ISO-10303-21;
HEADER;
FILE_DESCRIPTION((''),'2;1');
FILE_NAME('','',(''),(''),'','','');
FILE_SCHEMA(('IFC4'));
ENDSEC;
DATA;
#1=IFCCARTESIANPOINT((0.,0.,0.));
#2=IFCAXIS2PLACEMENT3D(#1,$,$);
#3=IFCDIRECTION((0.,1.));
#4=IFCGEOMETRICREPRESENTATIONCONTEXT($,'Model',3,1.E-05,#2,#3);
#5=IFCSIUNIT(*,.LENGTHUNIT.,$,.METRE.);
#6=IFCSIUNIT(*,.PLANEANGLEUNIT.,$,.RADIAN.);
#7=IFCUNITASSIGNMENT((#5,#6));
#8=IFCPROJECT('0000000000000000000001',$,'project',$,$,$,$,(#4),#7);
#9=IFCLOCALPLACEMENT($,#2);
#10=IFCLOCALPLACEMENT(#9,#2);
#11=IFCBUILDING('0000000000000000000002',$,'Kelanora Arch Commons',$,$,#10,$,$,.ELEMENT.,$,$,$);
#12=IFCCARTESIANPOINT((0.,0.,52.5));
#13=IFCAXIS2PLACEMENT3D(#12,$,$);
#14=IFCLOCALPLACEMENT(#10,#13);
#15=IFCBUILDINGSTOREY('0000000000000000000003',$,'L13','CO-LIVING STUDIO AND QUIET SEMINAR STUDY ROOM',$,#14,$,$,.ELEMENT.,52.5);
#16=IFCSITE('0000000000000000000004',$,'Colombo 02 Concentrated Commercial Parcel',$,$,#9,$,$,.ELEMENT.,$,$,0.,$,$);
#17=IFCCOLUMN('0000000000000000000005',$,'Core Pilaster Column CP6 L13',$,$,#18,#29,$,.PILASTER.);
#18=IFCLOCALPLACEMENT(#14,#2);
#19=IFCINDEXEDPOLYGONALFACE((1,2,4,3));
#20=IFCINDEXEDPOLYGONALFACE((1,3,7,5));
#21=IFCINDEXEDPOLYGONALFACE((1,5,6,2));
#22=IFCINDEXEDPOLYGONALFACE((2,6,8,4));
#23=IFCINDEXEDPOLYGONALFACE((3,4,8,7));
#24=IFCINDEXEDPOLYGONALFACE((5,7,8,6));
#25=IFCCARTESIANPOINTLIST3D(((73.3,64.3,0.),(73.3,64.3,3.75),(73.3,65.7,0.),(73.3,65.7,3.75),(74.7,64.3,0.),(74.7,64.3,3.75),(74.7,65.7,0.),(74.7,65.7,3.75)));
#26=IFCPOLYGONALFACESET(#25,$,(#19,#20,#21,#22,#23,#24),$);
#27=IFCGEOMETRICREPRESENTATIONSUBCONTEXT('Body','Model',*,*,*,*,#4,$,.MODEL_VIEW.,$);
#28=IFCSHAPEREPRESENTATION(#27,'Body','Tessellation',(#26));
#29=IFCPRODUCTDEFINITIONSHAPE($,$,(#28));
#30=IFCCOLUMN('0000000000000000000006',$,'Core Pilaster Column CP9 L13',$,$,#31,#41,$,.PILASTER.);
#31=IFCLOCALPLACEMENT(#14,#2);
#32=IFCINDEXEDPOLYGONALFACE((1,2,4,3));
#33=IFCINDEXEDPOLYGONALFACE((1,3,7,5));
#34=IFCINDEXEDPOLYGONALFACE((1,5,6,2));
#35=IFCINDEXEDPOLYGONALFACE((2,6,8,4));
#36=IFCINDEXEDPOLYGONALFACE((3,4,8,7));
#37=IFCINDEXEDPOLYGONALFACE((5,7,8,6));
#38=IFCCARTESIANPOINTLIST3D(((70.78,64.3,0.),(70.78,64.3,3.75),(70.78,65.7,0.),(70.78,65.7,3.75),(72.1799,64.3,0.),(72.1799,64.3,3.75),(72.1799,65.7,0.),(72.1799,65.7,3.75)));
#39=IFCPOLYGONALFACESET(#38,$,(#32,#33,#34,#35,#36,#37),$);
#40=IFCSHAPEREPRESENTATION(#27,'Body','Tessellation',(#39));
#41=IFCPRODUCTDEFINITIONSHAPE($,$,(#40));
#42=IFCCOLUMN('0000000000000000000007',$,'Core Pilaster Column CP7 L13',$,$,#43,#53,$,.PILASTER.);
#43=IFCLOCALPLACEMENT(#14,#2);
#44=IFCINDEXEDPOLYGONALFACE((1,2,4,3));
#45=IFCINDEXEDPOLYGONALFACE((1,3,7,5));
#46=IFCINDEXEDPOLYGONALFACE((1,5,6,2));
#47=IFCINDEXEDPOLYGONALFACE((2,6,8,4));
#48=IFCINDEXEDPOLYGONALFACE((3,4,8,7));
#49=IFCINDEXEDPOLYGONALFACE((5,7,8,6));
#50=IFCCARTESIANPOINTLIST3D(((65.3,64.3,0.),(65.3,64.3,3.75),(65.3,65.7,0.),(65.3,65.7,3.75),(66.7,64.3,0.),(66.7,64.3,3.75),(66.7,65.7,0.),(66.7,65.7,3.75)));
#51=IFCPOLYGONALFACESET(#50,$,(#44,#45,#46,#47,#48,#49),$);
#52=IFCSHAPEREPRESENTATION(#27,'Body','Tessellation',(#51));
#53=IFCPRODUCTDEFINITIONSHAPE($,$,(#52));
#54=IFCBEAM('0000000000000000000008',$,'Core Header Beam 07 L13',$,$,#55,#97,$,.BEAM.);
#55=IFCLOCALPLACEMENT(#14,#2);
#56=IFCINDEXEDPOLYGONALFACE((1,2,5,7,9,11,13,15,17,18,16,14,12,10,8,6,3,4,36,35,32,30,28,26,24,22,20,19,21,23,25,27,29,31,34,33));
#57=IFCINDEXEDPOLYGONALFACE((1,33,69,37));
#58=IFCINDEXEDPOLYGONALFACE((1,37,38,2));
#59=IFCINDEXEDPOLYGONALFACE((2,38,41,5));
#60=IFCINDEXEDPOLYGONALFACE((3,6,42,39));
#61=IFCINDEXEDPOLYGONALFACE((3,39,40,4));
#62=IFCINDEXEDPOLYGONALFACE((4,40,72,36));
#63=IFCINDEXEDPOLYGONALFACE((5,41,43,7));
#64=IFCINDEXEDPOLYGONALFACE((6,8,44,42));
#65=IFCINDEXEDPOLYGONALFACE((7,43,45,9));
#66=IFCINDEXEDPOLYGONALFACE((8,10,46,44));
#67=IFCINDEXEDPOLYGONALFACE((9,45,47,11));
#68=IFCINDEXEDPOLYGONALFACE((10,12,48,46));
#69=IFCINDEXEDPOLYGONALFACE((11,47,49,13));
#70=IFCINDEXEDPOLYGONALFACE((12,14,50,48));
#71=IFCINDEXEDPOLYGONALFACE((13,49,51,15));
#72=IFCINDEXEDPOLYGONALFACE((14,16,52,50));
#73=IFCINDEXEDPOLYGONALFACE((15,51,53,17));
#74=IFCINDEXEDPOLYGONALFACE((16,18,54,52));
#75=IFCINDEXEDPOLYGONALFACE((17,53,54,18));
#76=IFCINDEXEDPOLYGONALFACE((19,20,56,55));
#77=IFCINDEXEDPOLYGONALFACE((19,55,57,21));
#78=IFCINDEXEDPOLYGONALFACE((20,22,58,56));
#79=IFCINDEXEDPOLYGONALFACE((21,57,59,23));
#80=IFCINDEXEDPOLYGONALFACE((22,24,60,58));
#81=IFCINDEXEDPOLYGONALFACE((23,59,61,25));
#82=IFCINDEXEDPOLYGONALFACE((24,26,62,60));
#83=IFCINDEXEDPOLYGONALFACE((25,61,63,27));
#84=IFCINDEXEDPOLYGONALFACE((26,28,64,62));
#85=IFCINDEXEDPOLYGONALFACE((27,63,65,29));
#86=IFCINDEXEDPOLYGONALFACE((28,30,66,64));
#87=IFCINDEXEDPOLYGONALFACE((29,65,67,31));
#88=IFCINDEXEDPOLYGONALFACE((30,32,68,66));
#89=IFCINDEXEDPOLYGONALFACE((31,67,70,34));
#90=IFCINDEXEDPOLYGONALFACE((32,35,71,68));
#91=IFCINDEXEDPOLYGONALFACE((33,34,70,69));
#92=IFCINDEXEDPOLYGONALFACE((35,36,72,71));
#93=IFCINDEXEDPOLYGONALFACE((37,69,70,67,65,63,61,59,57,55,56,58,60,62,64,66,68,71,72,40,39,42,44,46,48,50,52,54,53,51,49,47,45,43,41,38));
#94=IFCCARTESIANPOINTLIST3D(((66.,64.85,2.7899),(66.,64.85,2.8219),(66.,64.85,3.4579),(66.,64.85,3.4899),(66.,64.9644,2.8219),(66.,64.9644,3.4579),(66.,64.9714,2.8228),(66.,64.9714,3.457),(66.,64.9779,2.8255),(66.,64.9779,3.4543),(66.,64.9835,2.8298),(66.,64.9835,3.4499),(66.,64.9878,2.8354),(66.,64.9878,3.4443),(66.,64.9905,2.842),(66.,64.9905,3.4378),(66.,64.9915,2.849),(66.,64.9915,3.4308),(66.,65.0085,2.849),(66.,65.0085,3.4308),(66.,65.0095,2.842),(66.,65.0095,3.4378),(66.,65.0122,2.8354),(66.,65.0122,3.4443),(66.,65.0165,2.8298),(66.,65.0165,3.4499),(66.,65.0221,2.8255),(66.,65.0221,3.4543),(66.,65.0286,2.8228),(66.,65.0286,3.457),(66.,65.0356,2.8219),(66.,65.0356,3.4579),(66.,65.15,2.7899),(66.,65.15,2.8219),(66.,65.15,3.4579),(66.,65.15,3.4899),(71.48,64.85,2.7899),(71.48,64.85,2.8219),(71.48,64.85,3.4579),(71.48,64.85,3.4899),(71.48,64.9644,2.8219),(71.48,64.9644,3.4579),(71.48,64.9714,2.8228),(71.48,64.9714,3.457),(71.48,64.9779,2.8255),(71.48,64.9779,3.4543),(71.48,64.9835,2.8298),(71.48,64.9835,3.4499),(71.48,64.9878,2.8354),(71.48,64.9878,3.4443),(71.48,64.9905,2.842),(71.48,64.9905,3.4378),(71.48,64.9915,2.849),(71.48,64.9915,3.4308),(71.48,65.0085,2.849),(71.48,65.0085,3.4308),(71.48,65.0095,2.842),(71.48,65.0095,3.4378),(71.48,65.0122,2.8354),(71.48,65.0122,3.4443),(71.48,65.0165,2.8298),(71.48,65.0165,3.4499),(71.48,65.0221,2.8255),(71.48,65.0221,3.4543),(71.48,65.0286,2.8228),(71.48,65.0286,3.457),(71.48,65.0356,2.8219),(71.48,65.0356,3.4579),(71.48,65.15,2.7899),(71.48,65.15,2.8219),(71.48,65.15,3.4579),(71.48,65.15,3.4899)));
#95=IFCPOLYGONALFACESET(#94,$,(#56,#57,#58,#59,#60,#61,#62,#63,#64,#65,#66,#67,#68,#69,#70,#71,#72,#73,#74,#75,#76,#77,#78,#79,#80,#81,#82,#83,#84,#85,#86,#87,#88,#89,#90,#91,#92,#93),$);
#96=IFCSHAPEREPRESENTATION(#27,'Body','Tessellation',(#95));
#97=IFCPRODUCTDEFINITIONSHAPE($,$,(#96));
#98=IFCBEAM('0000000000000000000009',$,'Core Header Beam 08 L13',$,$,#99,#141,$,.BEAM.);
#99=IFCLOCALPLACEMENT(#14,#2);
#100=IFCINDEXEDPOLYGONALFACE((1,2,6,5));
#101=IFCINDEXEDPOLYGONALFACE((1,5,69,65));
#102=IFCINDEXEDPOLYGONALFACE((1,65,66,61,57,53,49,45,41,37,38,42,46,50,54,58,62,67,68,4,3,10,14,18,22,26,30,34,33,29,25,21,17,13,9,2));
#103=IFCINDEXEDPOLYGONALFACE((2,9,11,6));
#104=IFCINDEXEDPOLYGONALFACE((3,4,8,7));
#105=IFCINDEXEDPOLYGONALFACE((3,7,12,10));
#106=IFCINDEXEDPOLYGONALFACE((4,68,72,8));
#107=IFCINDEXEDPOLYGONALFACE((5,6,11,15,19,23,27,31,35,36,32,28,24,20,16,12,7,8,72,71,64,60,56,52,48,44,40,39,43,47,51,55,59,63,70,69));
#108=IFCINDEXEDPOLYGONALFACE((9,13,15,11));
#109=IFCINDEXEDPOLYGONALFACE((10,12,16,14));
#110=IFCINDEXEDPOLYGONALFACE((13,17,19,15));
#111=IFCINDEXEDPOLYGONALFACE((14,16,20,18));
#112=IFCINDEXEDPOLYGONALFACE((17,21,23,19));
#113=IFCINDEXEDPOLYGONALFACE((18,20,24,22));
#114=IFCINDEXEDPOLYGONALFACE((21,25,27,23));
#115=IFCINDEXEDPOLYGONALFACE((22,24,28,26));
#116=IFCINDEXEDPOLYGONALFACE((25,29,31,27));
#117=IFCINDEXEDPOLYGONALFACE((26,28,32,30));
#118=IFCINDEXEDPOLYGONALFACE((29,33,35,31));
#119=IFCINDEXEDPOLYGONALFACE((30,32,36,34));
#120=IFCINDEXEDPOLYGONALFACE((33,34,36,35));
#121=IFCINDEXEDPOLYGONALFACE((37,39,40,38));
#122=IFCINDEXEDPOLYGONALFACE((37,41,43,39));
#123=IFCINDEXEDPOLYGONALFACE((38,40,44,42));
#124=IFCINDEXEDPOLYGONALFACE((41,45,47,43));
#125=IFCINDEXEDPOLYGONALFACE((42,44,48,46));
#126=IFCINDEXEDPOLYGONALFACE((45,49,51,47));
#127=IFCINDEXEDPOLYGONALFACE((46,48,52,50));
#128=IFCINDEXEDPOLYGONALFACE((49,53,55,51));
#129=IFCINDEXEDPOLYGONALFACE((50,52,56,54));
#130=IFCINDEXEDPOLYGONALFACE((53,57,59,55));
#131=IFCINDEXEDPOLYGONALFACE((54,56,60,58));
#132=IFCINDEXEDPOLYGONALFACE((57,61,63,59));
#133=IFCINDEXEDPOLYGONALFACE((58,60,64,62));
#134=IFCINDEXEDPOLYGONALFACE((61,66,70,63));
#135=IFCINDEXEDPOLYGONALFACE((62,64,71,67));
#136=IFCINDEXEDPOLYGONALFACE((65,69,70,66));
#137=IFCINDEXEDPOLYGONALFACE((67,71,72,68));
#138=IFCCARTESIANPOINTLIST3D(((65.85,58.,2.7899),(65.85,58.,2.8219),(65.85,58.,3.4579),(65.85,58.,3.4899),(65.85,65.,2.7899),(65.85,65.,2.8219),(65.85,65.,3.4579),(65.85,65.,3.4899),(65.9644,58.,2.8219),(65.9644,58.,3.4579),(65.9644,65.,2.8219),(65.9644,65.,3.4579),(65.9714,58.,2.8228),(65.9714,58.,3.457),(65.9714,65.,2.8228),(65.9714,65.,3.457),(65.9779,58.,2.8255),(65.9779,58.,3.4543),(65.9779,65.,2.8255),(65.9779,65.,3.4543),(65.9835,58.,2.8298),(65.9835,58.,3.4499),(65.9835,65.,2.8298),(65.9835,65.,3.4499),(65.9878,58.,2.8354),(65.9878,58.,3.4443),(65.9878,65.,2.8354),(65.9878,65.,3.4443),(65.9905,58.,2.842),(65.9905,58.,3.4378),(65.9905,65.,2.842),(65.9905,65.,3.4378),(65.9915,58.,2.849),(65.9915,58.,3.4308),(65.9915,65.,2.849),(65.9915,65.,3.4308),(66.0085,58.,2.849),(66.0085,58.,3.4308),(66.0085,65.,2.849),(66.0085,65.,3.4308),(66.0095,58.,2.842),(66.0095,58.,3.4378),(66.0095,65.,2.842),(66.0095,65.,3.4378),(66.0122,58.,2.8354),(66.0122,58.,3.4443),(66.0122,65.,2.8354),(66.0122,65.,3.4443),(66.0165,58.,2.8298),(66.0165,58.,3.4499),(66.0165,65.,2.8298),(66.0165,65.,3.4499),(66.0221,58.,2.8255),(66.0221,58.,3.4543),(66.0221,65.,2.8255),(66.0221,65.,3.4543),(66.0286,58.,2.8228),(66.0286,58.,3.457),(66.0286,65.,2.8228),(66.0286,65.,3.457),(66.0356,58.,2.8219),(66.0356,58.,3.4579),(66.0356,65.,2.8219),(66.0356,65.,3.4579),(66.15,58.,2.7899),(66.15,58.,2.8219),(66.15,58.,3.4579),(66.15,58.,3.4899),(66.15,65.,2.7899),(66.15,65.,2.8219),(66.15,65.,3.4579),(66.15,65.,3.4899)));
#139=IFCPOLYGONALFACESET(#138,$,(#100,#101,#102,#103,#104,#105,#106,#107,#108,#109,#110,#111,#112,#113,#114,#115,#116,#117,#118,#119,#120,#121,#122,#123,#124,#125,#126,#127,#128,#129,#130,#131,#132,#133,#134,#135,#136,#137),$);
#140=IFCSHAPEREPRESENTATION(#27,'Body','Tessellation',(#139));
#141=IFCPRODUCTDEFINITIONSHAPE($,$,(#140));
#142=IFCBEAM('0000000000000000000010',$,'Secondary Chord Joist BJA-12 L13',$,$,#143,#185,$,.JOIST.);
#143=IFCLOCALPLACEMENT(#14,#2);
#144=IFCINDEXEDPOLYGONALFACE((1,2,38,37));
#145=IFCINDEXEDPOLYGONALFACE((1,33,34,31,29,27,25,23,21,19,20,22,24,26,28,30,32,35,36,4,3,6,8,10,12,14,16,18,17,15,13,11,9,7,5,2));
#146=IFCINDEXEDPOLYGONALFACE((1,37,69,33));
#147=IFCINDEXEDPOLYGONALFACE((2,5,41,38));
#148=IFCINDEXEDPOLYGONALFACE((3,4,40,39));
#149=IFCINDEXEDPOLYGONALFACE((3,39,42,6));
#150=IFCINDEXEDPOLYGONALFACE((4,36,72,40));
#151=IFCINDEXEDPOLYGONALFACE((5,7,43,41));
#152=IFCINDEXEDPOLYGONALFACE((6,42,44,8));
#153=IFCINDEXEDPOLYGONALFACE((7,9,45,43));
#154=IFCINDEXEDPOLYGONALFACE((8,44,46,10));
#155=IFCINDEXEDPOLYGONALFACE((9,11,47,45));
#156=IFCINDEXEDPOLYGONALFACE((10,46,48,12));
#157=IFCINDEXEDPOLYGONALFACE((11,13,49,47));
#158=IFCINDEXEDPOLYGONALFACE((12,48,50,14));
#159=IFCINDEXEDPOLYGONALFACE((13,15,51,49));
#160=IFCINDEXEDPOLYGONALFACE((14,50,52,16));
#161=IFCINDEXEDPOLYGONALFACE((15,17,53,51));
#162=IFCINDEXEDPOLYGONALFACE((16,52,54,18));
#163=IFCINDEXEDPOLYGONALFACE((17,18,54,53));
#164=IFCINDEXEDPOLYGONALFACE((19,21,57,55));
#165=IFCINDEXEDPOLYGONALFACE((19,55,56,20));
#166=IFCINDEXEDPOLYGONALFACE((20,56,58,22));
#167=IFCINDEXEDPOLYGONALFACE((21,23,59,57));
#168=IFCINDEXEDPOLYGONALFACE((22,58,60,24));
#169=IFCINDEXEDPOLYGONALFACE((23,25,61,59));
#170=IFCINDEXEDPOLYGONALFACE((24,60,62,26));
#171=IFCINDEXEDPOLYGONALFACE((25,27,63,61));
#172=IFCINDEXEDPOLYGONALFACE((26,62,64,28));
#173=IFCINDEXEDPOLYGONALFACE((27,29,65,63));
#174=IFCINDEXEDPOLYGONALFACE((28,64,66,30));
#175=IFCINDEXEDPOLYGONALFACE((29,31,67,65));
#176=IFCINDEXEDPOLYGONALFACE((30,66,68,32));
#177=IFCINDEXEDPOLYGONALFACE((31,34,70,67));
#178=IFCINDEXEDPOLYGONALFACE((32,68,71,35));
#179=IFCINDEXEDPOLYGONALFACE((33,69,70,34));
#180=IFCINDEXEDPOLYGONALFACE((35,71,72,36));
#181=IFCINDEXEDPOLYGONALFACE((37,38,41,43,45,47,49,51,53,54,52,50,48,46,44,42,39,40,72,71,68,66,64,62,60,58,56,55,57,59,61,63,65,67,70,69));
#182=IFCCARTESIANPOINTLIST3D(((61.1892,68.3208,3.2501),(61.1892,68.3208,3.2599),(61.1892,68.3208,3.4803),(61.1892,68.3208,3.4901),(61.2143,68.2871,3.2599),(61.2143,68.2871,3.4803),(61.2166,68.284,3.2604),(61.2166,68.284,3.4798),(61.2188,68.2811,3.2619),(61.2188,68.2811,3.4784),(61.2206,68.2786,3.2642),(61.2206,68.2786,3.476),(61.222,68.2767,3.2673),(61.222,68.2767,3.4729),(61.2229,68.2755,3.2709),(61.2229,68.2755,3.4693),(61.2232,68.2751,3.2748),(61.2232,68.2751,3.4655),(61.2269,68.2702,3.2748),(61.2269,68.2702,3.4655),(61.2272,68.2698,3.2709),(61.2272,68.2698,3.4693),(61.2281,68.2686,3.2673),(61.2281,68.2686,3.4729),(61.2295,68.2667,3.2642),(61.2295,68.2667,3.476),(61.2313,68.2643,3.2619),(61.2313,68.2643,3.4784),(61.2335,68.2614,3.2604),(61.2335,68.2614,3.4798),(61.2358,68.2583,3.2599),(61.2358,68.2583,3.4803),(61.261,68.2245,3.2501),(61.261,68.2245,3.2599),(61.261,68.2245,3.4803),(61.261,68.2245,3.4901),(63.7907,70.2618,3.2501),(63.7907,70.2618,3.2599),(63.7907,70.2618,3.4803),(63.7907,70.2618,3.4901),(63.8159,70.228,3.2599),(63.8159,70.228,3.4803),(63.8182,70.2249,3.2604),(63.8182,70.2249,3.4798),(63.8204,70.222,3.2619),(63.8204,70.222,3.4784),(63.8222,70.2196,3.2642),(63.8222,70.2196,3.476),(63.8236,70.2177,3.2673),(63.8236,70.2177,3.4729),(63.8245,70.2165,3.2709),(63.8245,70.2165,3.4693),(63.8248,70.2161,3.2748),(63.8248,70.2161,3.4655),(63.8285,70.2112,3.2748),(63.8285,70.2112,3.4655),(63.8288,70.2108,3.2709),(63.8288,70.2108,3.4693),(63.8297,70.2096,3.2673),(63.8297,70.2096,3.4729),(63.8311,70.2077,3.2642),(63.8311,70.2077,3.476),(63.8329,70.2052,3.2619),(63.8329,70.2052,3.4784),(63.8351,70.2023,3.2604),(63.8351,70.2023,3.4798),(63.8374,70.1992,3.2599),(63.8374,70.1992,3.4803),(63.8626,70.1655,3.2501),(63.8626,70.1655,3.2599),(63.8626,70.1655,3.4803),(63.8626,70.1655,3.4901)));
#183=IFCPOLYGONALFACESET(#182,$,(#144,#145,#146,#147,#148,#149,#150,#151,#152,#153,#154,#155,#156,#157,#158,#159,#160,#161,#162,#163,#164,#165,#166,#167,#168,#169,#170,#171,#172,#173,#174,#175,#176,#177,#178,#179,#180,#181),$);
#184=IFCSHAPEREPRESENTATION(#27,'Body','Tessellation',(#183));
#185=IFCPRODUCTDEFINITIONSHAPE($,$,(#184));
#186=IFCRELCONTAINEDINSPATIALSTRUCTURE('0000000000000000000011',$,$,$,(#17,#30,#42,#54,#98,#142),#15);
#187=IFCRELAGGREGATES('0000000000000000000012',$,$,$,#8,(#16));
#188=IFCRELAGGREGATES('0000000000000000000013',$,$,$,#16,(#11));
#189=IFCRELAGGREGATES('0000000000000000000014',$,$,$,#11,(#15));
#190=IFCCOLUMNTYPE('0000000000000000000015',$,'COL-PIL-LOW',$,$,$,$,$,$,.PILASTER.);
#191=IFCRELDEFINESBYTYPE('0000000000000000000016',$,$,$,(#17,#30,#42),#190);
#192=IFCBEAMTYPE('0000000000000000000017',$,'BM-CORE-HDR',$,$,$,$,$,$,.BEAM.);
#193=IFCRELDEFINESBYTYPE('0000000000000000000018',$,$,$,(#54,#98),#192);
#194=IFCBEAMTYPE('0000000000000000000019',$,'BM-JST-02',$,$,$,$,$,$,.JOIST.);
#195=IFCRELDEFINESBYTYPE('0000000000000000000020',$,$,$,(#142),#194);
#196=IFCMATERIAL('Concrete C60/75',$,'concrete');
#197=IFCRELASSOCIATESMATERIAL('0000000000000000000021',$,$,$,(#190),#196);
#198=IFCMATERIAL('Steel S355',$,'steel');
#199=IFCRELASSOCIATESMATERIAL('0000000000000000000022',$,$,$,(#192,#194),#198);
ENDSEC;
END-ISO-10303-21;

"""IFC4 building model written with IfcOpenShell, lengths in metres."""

from ifc_helpers import new_model, si_unit, direction, frame, origin, origin_2d, place, context, subcontext, project, spatial, rectangle, i_section, extrude, material, material_profile, profile_set, type_object, element, save


model = new_model("IFC4")

# Units and contexts
model_context = context("Model", 3, precision=1e-05, world=origin(), true_north=direction((0.0, 1.0)))
body_context = subcontext(model_context, "Body", "Model", "MODEL_VIEW")
ifc_project = project(units=[si_unit("LENGTHUNIT", "METRE"), si_unit("PLANEANGLEUNIT", "RADIAN")], contexts=[model_context])

# Site, building, storey
site_placement = place(None, origin())
site = spatial("IfcSite", under=ifc_project, at=site_placement, Name="Colombo 02 Concentrated Commercial Parcel", CompositionType="ELEMENT", RefElevation=0.0)
building_placement = place(site_placement, origin())
building = spatial("IfcBuilding", under=site, at=building_placement, Name="Kelanora Arch Commons", CompositionType="ELEMENT")
storey_placement = place(building_placement, frame((0.0, 0.0, 52.5)))
storey = spatial("IfcBuildingStorey", under=building, at=storey_placement, Name="L13", Description="CO-LIVING STUDIO AND QUIET SEMINAR STUDY ROOM", CompositionType="ELEMENT", Elevation=52.5)

# Columns
ifc_material_1 = material(Name="Concrete C60/75", Category="concrete")
ifc_material_profile_1 = material_profile(ifc_material_1, rectangle(XDim=1.3999, YDim=1.3999, at=origin_2d()), Name="RC1400x1400")
ifc_profile_set_1 = profile_set([ifc_material_profile_1], Name="Concrete C60/75")
column_type = type_object("IfcColumnType", Name="COL-PIL-LOW", PredefinedType="PILASTER", material=ifc_profile_set_1)
for number, where, z_axis, x_axis, name in (
    (1, (74.0, 65.0, 0.0), (0.0, 0.0, 1.0), (1.0, 0.0, 0.0), "Core Pilaster Column CP6 L13"),
    (2, (71.48, 65.0, 0.0), (0.0, 0.0, 1.0), (1.0, 0.0, 0.0), "Core Pilaster Column CP9 L13"),
    (3, (66.0, 65.0, 0.0), (0.0, 0.0, 1.0), (1.0, 0.0, 0.0), "Core Pilaster Column CP7 L13"),
):
    element("IfcColumn", number, at=place(storey_placement, frame(where, z_axis=z_axis, x_axis=x_axis)), inside=storey, type_object=column_type, Name=name, PredefinedType="PILASTER", context=body_context, shape_type="SweptSolid", body=[
        extrude(rectangle(XDim=1.3999, YDim=1.3999, at=origin_2d()), origin(), (0.0, 0.0, 1.0), 3.75),
    ])

# Beams
ifc_material_2 = material(Name="Steel S355", Category="steel")
ifc_material_profile_2 = material_profile(ifc_material_2, i_section(OverallWidth=0.3, OverallDepth=0.7, WebThickness=0.0171, FlangeThickness=0.032, FilletRadius=0.0271, at=origin_2d()), Name="HEB700")
ifc_profile_set_2 = profile_set([ifc_material_profile_2], Name="Steel S355")
beam_type_1 = type_object("IfcBeamType", Name="BM-CORE-HDR", PredefinedType="BEAM", material=ifc_profile_set_2)
beam_1_placement = place(storey_placement, frame((71.48, 65.0, 3.1399), z_axis=(-1.0, 0.0, 0.0), x_axis=(0.0, -1.0, 0.0)))
element("IfcBeam", 4, at=beam_1_placement, inside=storey, type_object=beam_type_1, Name="Core Header Beam 07 L13", PredefinedType="BEAM", context=body_context, shape_type="SweptSolid", body=[
    extrude(i_section(OverallWidth=0.3, OverallDepth=0.7, WebThickness=0.0171, FlangeThickness=0.032, FilletRadius=0.0271, at=origin_2d()), origin(), (0.0, 0.0, 1.0), 5.48),
])
beam_2_placement = place(storey_placement, frame((66.0, 65.0, 3.1399), z_axis=(0.0, -1.0, 0.0), x_axis=(1.0, 0.0, 0.0)))
element("IfcBeam", 5, at=beam_2_placement, inside=storey, type_object=beam_type_1, Name="Core Header Beam 08 L13", PredefinedType="BEAM", context=body_context, shape_type="SweptSolid", body=[
    extrude(i_section(OverallWidth=0.3, OverallDepth=0.7, WebThickness=0.0171, FlangeThickness=0.032, FilletRadius=0.0271, at=origin_2d()), origin(), (0.0, 0.0, 1.0), 7.0),
])
ifc_material_profile_3 = material_profile(ifc_material_2, i_section(OverallWidth=0.1201, OverallDepth=0.24, WebThickness=0.0061, FlangeThickness=0.0098, FilletRadius=0.0149, at=origin_2d()), Name="IPE240")
ifc_profile_set_3 = profile_set([ifc_material_profile_3], Name="Steel S355")
beam_type_2 = type_object("IfcBeamType", Name="BM-JST-02", PredefinedType="JOIST", material=ifc_profile_set_3)
beam_3_placement = place(storey_placement, frame((63.8267, 70.2136, 3.3701), z_axis=(-0.801514, -0.597976, 0.0), x_axis=(0.597976, -0.801514, 0.0)))
element("IfcBeam", 6, at=beam_3_placement, inside=storey, type_object=beam_type_2, Name="Secondary Chord Joist BJA-12 L13", PredefinedType="JOIST", context=body_context, shape_type="SweptSolid", body=[
    extrude(i_section(OverallWidth=0.1201, OverallDepth=0.24, WebThickness=0.0061, FlangeThickness=0.0098, FilletRadius=0.0149, at=origin_2d()), origin(), (0.0, 0.0, 1.0), 3.2458),
])

save(model, "model.ifc")
